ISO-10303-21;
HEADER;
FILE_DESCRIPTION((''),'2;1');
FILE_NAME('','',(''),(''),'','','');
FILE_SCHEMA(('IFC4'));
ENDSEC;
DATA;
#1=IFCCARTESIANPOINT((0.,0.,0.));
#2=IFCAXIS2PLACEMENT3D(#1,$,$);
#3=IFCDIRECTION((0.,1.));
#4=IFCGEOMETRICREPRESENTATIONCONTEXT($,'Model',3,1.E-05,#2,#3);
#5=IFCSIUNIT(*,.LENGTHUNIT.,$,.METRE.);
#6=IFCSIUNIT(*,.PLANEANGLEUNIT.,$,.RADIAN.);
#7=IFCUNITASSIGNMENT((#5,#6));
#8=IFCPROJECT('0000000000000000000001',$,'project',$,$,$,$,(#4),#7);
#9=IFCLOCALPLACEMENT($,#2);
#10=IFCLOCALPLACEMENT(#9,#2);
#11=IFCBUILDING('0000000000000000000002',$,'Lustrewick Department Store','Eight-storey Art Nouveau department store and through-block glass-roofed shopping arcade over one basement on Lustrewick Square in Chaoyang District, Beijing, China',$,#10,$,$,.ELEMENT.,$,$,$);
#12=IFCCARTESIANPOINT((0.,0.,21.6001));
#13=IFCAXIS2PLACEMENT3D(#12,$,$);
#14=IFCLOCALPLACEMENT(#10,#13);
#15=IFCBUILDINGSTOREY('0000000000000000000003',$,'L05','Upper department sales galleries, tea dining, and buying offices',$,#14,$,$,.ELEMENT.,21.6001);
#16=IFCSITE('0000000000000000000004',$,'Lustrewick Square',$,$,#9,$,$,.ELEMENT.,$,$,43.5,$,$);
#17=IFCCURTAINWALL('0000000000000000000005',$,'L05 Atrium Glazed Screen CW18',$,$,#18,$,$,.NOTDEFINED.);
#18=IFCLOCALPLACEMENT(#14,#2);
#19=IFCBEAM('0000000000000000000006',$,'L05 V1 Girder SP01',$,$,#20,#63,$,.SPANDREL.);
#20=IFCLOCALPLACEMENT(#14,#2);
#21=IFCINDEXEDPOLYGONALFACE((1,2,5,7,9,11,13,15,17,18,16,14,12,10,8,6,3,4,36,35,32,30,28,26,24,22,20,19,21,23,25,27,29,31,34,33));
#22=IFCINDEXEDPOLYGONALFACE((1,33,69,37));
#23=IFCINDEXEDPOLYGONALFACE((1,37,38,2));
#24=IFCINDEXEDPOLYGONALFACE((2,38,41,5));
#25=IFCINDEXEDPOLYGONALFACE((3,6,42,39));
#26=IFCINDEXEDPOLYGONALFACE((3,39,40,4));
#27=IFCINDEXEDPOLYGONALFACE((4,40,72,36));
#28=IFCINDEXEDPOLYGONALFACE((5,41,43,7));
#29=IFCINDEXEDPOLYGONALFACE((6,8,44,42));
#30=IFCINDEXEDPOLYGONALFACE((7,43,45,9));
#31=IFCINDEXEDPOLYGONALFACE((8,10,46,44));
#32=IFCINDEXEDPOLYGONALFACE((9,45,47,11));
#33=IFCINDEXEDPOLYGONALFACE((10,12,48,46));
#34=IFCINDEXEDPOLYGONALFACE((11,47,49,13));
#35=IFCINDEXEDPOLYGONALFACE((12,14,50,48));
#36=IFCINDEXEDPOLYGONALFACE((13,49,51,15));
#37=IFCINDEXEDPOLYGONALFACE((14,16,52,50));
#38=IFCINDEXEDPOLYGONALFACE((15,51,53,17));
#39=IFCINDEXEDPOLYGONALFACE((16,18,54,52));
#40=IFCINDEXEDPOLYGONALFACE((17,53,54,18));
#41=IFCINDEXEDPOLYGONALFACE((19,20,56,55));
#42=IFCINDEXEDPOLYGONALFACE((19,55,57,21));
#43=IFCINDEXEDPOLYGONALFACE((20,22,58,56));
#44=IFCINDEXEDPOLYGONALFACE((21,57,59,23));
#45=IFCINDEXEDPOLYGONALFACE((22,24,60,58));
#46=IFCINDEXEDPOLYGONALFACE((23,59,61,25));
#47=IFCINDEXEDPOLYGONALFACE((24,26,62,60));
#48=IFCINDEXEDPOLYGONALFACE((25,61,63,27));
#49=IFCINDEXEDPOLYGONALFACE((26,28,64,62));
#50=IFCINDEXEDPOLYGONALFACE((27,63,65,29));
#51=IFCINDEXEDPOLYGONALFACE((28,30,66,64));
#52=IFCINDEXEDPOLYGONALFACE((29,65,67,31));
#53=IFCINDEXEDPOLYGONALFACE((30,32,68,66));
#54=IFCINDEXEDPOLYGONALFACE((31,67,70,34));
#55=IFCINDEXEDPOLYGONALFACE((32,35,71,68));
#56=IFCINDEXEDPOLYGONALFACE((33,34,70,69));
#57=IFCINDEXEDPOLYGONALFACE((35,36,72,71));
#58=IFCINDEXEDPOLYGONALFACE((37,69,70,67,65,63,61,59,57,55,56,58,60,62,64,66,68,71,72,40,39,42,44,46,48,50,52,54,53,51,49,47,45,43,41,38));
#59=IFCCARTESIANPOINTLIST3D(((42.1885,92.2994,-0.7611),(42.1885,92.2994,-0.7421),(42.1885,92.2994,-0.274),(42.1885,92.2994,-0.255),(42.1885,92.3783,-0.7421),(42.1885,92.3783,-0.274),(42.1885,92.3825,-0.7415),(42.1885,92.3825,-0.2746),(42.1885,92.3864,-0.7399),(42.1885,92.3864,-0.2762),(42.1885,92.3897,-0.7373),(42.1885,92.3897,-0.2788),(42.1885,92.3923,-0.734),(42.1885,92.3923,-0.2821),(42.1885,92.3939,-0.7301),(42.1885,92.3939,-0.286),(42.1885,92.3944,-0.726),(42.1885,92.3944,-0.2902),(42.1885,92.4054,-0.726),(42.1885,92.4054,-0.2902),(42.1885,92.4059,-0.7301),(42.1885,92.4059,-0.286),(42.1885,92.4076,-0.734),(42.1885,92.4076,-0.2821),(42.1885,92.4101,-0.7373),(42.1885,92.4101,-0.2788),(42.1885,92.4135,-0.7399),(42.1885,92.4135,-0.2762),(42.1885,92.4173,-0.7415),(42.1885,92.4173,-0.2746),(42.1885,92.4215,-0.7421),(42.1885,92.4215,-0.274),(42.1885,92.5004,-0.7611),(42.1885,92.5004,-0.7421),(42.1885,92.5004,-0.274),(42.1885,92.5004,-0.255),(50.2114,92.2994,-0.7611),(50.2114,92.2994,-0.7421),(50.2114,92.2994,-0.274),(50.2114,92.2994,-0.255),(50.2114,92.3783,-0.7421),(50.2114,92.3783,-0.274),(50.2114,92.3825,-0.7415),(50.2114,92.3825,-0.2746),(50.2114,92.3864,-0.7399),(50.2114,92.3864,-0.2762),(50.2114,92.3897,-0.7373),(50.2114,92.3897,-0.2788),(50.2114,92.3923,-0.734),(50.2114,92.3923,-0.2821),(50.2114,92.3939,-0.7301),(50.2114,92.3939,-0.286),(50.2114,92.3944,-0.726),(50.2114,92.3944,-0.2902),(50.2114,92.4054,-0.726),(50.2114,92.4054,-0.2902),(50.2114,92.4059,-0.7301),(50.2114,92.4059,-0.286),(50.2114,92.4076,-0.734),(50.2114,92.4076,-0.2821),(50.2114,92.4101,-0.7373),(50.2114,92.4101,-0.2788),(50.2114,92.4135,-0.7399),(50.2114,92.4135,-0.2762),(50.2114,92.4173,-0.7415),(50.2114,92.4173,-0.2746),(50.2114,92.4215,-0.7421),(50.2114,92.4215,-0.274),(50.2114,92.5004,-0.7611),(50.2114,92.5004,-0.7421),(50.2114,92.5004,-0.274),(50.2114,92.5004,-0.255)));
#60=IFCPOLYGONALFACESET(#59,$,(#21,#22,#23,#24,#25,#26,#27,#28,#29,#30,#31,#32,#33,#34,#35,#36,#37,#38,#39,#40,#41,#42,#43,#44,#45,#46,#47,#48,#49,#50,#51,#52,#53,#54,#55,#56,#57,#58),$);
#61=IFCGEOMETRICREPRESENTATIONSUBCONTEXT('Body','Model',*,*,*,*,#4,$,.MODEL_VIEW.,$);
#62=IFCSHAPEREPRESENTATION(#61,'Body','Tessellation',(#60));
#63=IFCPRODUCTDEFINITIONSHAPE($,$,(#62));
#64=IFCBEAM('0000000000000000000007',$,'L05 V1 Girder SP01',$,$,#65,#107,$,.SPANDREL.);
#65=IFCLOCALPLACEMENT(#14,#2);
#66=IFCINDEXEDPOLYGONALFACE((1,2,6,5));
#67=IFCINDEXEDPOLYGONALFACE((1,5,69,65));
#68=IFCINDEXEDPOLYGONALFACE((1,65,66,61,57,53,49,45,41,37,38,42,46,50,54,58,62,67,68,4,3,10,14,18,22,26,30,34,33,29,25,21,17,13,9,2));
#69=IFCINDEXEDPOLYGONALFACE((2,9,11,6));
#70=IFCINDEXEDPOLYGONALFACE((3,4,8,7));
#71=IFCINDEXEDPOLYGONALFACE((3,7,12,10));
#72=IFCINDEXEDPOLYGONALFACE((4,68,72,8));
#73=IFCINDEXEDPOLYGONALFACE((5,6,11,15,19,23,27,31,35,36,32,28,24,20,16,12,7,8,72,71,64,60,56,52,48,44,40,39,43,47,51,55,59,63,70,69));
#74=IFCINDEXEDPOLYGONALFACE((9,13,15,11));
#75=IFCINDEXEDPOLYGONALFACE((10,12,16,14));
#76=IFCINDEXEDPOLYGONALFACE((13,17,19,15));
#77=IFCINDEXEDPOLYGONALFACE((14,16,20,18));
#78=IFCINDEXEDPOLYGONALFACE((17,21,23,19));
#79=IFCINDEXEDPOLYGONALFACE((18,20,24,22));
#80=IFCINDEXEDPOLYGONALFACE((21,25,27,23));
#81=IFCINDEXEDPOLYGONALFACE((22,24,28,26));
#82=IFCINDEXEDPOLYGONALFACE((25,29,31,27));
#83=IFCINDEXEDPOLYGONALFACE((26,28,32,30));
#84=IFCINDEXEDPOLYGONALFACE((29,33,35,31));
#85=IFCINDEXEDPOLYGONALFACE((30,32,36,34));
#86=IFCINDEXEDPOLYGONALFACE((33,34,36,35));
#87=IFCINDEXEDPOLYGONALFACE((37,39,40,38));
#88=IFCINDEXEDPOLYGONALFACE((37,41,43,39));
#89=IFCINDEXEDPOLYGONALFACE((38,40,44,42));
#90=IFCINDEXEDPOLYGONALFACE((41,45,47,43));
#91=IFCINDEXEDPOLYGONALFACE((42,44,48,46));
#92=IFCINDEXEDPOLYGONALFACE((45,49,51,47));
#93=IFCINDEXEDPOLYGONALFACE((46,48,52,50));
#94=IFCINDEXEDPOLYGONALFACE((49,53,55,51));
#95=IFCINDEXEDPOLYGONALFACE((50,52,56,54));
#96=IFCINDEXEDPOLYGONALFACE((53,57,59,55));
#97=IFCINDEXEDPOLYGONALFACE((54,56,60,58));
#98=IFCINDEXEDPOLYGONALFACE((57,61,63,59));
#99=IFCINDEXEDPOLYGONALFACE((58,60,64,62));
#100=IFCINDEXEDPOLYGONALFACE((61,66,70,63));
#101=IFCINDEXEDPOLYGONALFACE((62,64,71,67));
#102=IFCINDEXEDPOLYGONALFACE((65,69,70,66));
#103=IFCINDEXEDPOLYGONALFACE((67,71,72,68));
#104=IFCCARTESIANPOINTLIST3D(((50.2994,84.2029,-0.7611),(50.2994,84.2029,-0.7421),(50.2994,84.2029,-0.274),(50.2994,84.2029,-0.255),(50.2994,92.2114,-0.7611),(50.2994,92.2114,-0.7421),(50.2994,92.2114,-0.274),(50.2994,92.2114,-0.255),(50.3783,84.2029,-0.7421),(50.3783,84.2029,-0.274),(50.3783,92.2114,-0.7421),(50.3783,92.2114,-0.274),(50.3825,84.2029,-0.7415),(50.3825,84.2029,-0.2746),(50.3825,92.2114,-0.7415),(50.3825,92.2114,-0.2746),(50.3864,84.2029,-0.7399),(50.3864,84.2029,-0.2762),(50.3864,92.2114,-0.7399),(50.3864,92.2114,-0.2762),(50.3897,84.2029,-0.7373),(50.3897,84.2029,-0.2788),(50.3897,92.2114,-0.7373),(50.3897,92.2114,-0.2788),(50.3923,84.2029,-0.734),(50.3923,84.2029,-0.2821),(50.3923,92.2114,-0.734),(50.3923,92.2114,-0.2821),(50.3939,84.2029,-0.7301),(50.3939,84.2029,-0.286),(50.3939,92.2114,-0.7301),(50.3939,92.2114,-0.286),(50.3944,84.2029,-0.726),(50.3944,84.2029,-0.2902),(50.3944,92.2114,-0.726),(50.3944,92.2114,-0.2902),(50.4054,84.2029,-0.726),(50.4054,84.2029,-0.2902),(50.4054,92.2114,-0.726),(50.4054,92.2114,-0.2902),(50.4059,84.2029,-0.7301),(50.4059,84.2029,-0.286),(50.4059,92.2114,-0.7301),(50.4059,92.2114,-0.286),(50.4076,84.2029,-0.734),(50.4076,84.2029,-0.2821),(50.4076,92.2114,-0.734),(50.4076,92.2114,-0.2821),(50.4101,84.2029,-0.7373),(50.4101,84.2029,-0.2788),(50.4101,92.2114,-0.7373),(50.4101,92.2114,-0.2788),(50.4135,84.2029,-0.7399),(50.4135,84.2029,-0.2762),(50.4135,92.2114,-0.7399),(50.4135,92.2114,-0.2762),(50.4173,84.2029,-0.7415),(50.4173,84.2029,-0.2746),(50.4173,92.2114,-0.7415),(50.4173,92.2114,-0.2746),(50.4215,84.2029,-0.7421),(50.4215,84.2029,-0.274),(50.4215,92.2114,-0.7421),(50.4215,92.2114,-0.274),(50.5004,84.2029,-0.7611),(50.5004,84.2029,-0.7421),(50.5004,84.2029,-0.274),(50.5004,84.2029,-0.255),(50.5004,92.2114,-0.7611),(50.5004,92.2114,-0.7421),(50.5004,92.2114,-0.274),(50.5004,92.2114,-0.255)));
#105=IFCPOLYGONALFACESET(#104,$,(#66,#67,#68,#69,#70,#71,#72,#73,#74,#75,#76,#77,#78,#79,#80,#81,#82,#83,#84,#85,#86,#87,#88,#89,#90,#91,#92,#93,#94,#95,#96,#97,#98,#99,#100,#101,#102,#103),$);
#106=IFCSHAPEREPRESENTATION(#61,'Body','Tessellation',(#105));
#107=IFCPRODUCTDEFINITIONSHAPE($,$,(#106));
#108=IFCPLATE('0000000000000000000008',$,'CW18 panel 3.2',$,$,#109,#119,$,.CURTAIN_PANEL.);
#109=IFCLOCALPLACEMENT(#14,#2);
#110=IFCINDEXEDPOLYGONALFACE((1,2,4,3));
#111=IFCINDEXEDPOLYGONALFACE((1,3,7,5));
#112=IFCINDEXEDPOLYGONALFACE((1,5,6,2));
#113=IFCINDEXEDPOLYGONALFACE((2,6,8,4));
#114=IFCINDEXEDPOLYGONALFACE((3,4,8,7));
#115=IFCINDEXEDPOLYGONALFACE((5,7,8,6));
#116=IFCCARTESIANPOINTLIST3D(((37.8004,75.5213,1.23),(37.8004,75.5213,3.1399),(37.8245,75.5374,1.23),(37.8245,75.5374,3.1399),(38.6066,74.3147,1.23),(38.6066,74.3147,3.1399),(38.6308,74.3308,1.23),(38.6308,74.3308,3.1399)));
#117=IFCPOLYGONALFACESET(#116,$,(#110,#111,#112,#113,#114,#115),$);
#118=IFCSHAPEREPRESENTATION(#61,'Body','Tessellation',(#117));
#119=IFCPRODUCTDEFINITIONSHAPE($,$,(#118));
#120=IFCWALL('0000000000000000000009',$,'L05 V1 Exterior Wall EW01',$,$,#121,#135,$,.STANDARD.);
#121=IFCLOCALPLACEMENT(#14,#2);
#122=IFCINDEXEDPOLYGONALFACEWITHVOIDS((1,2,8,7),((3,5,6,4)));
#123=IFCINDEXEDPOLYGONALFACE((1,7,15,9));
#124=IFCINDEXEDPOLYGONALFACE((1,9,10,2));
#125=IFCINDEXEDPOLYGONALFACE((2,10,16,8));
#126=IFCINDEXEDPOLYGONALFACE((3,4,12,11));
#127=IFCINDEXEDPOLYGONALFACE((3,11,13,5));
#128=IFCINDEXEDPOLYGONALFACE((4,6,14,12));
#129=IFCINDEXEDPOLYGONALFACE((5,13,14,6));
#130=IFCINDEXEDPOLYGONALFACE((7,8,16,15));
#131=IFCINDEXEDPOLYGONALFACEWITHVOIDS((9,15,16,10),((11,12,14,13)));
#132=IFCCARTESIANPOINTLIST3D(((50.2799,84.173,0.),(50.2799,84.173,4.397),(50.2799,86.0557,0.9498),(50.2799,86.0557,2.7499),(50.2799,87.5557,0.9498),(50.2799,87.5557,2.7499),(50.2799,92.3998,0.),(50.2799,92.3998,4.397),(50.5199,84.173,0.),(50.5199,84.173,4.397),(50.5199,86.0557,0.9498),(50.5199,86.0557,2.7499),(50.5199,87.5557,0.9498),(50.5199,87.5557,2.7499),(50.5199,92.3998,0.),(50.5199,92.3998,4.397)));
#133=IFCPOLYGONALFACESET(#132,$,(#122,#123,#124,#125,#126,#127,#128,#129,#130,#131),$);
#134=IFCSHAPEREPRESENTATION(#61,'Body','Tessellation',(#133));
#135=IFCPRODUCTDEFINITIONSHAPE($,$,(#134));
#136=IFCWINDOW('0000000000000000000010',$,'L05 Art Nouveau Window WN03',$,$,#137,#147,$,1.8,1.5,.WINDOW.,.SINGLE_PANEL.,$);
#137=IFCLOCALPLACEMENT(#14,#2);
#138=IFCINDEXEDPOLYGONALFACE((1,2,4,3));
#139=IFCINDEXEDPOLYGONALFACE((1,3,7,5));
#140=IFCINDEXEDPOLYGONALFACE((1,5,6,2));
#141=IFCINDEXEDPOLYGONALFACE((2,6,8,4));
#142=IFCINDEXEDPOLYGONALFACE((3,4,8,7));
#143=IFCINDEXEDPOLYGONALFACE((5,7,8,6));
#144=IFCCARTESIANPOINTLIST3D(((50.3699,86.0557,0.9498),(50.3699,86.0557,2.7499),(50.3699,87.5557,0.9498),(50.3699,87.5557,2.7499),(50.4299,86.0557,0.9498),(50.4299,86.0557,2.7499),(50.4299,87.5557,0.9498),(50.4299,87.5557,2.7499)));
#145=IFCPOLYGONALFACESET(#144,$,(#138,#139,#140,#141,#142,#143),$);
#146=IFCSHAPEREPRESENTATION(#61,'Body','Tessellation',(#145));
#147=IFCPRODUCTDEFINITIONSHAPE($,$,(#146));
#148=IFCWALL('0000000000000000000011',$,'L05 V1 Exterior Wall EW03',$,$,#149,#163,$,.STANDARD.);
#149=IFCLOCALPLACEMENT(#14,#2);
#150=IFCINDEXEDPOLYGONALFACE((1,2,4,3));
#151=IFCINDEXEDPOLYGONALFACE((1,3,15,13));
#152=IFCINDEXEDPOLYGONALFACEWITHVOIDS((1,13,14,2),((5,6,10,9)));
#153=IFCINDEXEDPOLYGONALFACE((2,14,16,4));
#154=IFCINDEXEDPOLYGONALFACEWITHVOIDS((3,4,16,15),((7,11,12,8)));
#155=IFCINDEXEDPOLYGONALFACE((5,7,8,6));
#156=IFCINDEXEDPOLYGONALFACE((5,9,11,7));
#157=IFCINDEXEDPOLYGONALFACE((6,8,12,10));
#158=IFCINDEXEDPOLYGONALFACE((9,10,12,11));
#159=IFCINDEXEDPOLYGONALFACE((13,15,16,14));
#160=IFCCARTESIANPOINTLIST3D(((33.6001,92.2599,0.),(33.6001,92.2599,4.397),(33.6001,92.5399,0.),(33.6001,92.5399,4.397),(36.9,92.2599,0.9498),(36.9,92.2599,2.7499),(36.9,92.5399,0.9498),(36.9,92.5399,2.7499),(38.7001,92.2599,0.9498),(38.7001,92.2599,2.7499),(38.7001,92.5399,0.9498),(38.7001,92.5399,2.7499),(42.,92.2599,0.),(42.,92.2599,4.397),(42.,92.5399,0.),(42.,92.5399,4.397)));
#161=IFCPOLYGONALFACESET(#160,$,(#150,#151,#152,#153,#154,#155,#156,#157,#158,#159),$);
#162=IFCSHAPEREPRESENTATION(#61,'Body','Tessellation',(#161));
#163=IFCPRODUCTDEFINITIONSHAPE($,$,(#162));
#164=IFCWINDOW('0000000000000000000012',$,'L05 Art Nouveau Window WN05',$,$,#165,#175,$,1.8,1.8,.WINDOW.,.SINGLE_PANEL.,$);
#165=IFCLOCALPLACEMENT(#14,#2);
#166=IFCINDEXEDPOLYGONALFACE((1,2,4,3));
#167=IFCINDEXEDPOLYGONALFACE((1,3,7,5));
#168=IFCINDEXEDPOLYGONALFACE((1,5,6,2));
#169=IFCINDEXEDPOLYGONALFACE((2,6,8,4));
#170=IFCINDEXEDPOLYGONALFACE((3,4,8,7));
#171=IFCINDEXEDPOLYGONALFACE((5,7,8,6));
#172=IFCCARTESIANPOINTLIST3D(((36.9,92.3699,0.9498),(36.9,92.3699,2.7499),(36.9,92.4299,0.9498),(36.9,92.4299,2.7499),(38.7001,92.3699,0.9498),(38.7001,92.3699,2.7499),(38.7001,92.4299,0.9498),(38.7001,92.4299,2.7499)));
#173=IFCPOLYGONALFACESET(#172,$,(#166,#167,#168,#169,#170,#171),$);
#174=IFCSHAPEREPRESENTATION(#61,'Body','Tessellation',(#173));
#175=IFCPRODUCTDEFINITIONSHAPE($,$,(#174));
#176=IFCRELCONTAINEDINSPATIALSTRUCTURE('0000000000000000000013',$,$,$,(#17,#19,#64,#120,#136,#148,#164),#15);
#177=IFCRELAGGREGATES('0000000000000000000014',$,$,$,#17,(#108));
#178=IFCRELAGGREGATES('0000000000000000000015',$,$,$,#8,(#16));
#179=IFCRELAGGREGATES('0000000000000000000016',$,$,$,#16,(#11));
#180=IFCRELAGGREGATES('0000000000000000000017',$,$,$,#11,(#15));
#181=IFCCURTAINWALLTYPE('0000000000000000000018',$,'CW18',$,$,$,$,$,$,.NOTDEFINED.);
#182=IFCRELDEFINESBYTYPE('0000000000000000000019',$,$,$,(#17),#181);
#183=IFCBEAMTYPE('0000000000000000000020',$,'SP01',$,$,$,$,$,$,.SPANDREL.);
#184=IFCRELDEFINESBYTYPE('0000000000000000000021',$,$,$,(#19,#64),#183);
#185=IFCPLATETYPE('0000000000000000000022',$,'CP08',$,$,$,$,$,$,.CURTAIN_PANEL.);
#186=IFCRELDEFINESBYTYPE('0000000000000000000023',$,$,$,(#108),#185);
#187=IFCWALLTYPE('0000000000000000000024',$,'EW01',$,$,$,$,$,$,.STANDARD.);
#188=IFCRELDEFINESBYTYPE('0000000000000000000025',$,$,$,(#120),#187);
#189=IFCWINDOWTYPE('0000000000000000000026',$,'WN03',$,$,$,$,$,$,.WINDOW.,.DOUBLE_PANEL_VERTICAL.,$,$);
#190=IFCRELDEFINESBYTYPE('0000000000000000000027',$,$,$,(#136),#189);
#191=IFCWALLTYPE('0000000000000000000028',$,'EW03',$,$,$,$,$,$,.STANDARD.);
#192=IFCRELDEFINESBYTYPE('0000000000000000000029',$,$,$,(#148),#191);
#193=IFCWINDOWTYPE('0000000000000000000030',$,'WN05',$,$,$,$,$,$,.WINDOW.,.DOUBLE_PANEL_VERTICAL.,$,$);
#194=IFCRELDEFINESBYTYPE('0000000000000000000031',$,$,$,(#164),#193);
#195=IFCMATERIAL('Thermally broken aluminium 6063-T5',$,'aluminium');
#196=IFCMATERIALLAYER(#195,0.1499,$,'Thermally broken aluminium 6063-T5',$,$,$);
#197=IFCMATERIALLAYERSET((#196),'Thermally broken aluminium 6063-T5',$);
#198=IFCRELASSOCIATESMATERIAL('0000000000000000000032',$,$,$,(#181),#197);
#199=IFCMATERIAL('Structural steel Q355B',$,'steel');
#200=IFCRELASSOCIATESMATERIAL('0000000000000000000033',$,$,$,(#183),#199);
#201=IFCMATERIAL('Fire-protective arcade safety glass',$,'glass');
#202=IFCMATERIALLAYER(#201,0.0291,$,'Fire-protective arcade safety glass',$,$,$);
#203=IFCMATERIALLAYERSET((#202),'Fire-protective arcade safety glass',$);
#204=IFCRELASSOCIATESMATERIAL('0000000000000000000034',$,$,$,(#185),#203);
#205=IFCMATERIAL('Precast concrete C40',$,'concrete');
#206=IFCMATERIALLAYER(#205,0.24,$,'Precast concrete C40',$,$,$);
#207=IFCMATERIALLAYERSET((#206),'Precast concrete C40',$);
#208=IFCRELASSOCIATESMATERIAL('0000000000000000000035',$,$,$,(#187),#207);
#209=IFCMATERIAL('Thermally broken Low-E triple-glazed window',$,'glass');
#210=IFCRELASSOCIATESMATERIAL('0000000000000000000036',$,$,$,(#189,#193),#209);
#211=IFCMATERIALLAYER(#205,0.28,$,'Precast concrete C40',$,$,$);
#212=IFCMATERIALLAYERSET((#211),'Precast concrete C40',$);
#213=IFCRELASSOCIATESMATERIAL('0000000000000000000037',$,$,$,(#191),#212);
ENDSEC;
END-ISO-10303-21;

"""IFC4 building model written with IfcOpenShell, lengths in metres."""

from ifc_helpers import new_model, si_unit, direction, frame, frame_2d, origin, origin_2d, place, context, subcontext, project, spatial, rectangle, i_section, extrude, material, layer, layer_set, material_profile, profile_set, type_object, element, fill, aggregate, save


model = new_model("IFC4")

# Units and contexts
model_context = context("Model", 3, precision=1e-05, world=origin(), true_north=direction((0.0, 1.0)))
body_context = subcontext(model_context, "Body", "Model", "MODEL_VIEW")
ifc_project = project(units=[si_unit("LENGTHUNIT", "METRE"), si_unit("PLANEANGLEUNIT", "RADIAN")], contexts=[model_context])

# Site, building, storey
site_placement = place(None, origin())
site = spatial("IfcSite", under=ifc_project, at=site_placement, Name="Lustrewick Square", CompositionType="ELEMENT", RefElevation=43.5)
building_placement = place(site_placement, origin())
building = spatial("IfcBuilding", under=site, at=building_placement, Name="Lustrewick Department Store", Description="Eight-storey Art Nouveau department store and through-block glass-roofed shopping arcade over one basement on Lustrewick Square in Chaoyang District, Beijing, China", CompositionType="ELEMENT")
storey_placement = place(building_placement, frame((0.0, 0.0, 21.6001)))
storey = spatial("IfcBuildingStorey", under=building, at=storey_placement, Name="L05", Description="Upper department sales galleries, tea dining, and buying offices", CompositionType="ELEMENT", Elevation=21.6001)

# Shared definitions
ifc_material_1 = material(Name="Structural steel Q355B", Category="steel")

# Curtain wall
ifc_material_2 = material(Name="Thermally broken aluminium 6063-T5", Category="aluminium")
ifc_layer_1 = layer(ifc_material_2, 0.1499, Name="Thermally broken aluminium 6063-T5")
ifc_layer_set_1 = layer_set([ifc_layer_1], Name="Thermally broken aluminium 6063-T5")
curtain_wall_type = type_object("IfcCurtainWallType", Name="CW18", PredefinedType="NOTDEFINED", material=ifc_layer_set_1)
curtain_wall_placement = place(storey_placement, origin())
curtain_wall = element("IfcCurtainWall", 1, at=curtain_wall_placement, inside=storey, type_object=curtain_wall_type, Name="L05 Atrium Glazed Screen CW18", PredefinedType="NOTDEFINED")

# Beams
ifc_material_profile_1 = material_profile(ifc_material_1, i_section(OverallWidth=0.2009, OverallDepth=0.5061, WebThickness=0.011, FlangeThickness=0.019, FilletRadius=0.0161, at=origin_2d()), Name="HN 506x201x11x19")
ifc_profile_set_1 = profile_set([ifc_material_profile_1], Name="Structural steel Q355B")
beam_type_1 = type_object("IfcBeamType", Name="SP01", PredefinedType="SPANDREL", material=ifc_profile_set_1)
beam_1_placement = place(storey_placement, frame((42.1885, 92.3999, -0.5081), z_axis=(1.0, 0.0, 0.0), x_axis=(0.0, 1.0, 0.0)))
element("IfcBeam", 2, at=beam_1_placement, inside=storey, type_object=beam_type_1, Name="L05 V1 Girder SP01", PredefinedType="SPANDREL", context=body_context, shape_type="SweptSolid", body=[
    extrude(i_section(OverallWidth=0.2009, OverallDepth=0.5061, WebThickness=0.011, FlangeThickness=0.019, FilletRadius=0.0161, at=origin_2d()), origin(), (0.0, 0.0, 1.0), 8.0229),
])
beam_2_placement = place(storey_placement, frame((50.3999, 84.2029, -0.5081), z_axis=(0.0, 1.0, 0.0), x_axis=(-1.0, 0.0, 0.0)))
element("IfcBeam", 3, at=beam_2_placement, inside=storey, type_object=beam_type_1, Name="L05 V1 Girder SP01", PredefinedType="SPANDREL", context=body_context, shape_type="SweptSolid", body=[
    extrude(i_section(OverallWidth=0.2009, OverallDepth=0.5061, WebThickness=0.011, FlangeThickness=0.019, FilletRadius=0.0161, at=origin_2d()), origin(), (0.0, 0.0, 1.0), 8.0085),
])

# Plate
ifc_material_3 = material(Name="Fire-protective arcade safety glass", Category="glass")
ifc_layer_2 = layer(ifc_material_3, 0.0291, Name="Fire-protective arcade safety glass")
ifc_layer_set_2 = layer_set([ifc_layer_2], Name="Fire-protective arcade safety glass")
plate_type = type_object("IfcPlateType", Name="CP08", PredefinedType="CURTAIN_PANEL", material=ifc_layer_set_2)
plate_placement = place(storey_placement, frame((38.2156, 74.926, 1.23), z_axis=(0.0, 0.0, 1.0), x_axis=(-0.555578, 0.831464, 0.0)))
plate = element("IfcPlate", 4, at=plate_placement, type_object=plate_type, Name="CW18 panel 3.2", PredefinedType="CURTAIN_PANEL", context=body_context, shape_type="SweptSolid", body=[
    extrude(rectangle(XDim=1.4512, YDim=0.0291, at=origin_2d()), origin(), (0.0, 0.0, 1.0), 1.9099),
])
aggregate(curtain_wall, [plate])

# Walls, openings, windows
ifc_material_4 = material(Name="Precast concrete C40", Category="concrete")
ifc_layer_3 = layer(ifc_material_4, 0.24, Name="Precast concrete C40")
ifc_layer_set_3 = layer_set([ifc_layer_3], Name="Precast concrete C40")
wall_type_1 = type_object("IfcWallType", Name="EW01", PredefinedType="STANDARD", material=ifc_layer_set_3)
wall_1_placement = place(storey_placement, frame((50.3999, 84.1731, 0.0), z_axis=(0.0, 0.0, 1.0), x_axis=(0.0, 1.0, 0.0)))
wall_1 = element("IfcWall", 5, at=wall_1_placement, inside=storey, type_object=wall_type_1, Name="L05 V1 Exterior Wall EW01", PredefinedType="STANDARD", context=body_context, shape_type="SweptSolid", body=[
    extrude(rectangle(XDim=8.2268, YDim=0.24, at=frame_2d((4.1133, 0.0))), origin(), (0.0, 0.0, 1.0), 4.397),
])
opening_1_placement = place(wall_1_placement, frame((1.8826, 0.0, 0.95)))
opening_1 = element("IfcOpeningElement", 6, at=opening_1_placement, cuts=wall_1, PredefinedType="OPENING", context=body_context, shape_type="SweptSolid", body=[
    extrude(rectangle(XDim=1.5, YDim=1.8, at=frame_2d((0.75, 0.8999))), frame((0.0, 0.1299, 0.0), z_axis=(0.0, -1.0, 0.0), x_axis=(1.0, 0.0, 0.0)), (0.0, 0.0, 1.0), 0.26),
])
ifc_material_5 = material(Name="Thermally broken Low-E triple-glazed window", Category="glass")
window_type_1 = type_object("IfcWindowType", Name="WN03", PartitioningType="DOUBLE_PANEL_VERTICAL", PredefinedType="WINDOW", material=ifc_material_5)
window_1_placement = place(opening_1_placement, origin())
window_1 = element("IfcWindow", 7, at=window_1_placement, inside=storey, type_object=window_type_1, Name="L05 Art Nouveau Window WN03", OverallHeight=1.8, OverallWidth=1.5, PartitioningType="SINGLE_PANEL", PredefinedType="WINDOW", context=body_context, shape_type="SweptSolid", body=[
    extrude(rectangle(XDim=1.5, YDim=1.8, at=frame_2d((0.75, 0.8999))), frame((0.0, 0.03, 0.0), z_axis=(0.0, -1.0, 0.0), x_axis=(1.0, 0.0, 0.0)), (0.0, 0.0, 1.0), 0.0601),
])
fill(opening_1, window_1)
ifc_layer_4 = layer(ifc_material_4, 0.28, Name="Precast concrete C40")
ifc_layer_set_4 = layer_set([ifc_layer_4], Name="Precast concrete C40")
wall_type_2 = type_object("IfcWallType", Name="EW03", PredefinedType="STANDARD", material=ifc_layer_set_4)
wall_2_placement = place(storey_placement, frame((42.0, 92.3999, 0.0), z_axis=(0.0, 0.0, 1.0), x_axis=(-1.0, 0.0, 0.0)))
wall_2 = element("IfcWall", 8, at=wall_2_placement, inside=storey, type_object=wall_type_2, Name="L05 V1 Exterior Wall EW03", PredefinedType="STANDARD", context=body_context, shape_type="SweptSolid", body=[
    extrude(rectangle(XDim=8.3999, YDim=0.28, at=frame_2d((4.2, 0.0))), origin(), (0.0, 0.0, 1.0), 4.397),
])
opening_2_placement = place(wall_2_placement, frame((3.3, 0.0, 0.95)))
opening_2 = element("IfcOpeningElement", 9, at=opening_2_placement, cuts=wall_2, PredefinedType="OPENING", context=body_context, shape_type="SweptSolid", body=[
    extrude(rectangle(XDim=1.8, YDim=1.8, at=frame_2d((0.8999, 0.8999))), frame((0.0, 0.1499, 0.0), z_axis=(0.0, -1.0, 0.0), x_axis=(1.0, 0.0, 0.0)), (0.0, 0.0, 1.0), 0.3),
])
window_type_2 = type_object("IfcWindowType", Name="WN05", PartitioningType="DOUBLE_PANEL_VERTICAL", PredefinedType="WINDOW", material=ifc_material_5)
window_2_placement = place(opening_2_placement, origin())
window_2 = element("IfcWindow", 10, at=window_2_placement, inside=storey, type_object=window_type_2, Name="L05 Art Nouveau Window WN05", OverallHeight=1.8, OverallWidth=1.8, PartitioningType="SINGLE_PANEL", PredefinedType="WINDOW", context=body_context, shape_type="SweptSolid", body=[
    extrude(rectangle(XDim=1.8, YDim=1.8, at=frame_2d((0.8999, 0.8999))), frame((0.0, 0.03, 0.0), z_axis=(0.0, -1.0, 0.0), x_axis=(1.0, 0.0, 0.0)), (0.0, 0.0, 1.0), 0.0601),
])
fill(opening_2, window_2)

save(model, "model.ifc")
